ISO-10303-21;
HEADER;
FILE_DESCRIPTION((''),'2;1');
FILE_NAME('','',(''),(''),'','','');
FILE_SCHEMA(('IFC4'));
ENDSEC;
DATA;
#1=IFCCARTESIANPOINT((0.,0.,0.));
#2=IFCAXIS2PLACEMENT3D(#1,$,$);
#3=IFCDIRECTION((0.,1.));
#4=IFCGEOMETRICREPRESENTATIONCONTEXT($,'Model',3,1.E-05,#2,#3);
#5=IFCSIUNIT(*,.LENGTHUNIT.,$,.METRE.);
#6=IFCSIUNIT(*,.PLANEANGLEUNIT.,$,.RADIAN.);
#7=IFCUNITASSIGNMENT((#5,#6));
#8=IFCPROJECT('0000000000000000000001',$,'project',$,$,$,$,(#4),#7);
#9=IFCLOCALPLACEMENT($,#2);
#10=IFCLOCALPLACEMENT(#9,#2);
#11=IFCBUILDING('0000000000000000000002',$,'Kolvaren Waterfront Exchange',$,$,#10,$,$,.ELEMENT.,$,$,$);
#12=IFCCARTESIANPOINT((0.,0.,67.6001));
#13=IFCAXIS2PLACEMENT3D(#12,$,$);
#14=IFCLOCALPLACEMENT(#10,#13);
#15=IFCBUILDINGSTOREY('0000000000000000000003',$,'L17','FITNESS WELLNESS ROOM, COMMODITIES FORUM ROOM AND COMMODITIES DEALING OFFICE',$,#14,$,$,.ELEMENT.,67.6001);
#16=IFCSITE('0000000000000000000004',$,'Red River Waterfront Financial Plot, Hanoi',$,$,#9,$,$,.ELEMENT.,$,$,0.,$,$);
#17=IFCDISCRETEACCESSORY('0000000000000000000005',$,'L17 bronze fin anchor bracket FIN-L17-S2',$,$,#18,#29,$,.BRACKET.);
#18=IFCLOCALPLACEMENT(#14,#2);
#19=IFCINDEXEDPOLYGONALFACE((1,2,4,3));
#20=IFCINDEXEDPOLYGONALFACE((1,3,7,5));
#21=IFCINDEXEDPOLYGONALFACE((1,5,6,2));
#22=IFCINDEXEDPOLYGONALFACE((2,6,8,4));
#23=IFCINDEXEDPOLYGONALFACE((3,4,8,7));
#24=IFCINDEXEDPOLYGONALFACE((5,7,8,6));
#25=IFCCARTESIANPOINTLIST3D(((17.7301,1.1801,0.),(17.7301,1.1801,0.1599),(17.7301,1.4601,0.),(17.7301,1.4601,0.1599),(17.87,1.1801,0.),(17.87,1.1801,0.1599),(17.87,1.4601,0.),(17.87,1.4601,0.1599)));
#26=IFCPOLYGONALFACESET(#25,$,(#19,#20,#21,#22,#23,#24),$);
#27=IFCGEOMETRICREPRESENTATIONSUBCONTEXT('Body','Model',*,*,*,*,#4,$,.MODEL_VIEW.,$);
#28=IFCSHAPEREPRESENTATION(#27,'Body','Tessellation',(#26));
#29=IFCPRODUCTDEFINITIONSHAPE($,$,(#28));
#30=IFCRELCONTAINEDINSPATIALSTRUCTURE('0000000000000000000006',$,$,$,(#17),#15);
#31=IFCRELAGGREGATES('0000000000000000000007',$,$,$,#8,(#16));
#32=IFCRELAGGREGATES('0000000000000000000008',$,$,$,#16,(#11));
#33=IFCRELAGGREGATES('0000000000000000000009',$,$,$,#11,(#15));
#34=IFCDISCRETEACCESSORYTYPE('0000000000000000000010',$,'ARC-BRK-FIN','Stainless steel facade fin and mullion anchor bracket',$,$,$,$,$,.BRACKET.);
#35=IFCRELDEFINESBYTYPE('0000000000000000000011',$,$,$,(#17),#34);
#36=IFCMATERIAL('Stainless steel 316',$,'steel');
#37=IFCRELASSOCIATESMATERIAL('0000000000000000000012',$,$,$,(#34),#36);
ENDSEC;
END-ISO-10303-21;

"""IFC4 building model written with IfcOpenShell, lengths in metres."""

from ifc_helpers import new_model, si_unit, direction, frame, origin, origin_with_axes, origin_2d, place, context, subcontext, project, spatial, rectangle, extrude, source, transform, mapped, material, type_object, element, save


model = new_model("IFC4")

# Units and contexts
model_context = context("Model", 3, precision=1e-05, world=origin(), true_north=direction((0.0, 1.0)))
body_context = subcontext(model_context, "Body", "Model", "MODEL_VIEW")
ifc_project = project(units=[si_unit("LENGTHUNIT", "METRE"), si_unit("PLANEANGLEUNIT", "RADIAN")], contexts=[model_context])

# Site, building, storey
site_placement = place(None, origin())
site = spatial("IfcSite", under=ifc_project, at=site_placement, Name="Red River Waterfront Financial Plot, Hanoi", CompositionType="ELEMENT", RefElevation=0.0)
building_placement = place(site_placement, origin())
building = spatial("IfcBuilding", under=site, at=building_placement, Name="Kolvaren Waterfront Exchange", CompositionType="ELEMENT")
storey_placement = place(building_placement, frame((0.0, 0.0, 67.6001)))
storey = spatial("IfcBuildingStorey", under=building, at=storey_placement, Name="L17", Description="FITNESS WELLNESS ROOM, COMMODITIES FORUM ROOM AND COMMODITIES DEALING OFFICE", CompositionType="ELEMENT", Elevation=67.6001)

# Shared definitions
ifc_material_1 = material(Name="Stainless steel 316", Category="steel")

# Discrete accessory
discrete_accessory_type = type_object("IfcDiscreteAccessoryType", Name="ARC-BRK-FIN", Description="Stainless steel facade fin and mullion anchor bracket", PredefinedType="BRACKET", material=ifc_material_1)
shared_shape_1 = source(origin_with_axes(), body_context, "Body", "SweptSolid", [
    extrude(rectangle(XDim=0.28, YDim=0.1399, at=origin_2d()), origin(), (0.0, 0.0, 1.0), 0.1599),
])
for number, where, z_axis, x_axis, name in (
    (1, (17.8, 1.3201, 0.0), (0.0, 0.0, 1.0), (0.0, -1.0, 0.0), "L17 bronze fin anchor bracket FIN-L17-S2"),
):
    element("IfcDiscreteAccessory", number, at=place(storey_placement, frame(where, z_axis=z_axis, x_axis=x_axis)), inside=storey, type_object=discrete_accessory_type, Name=name, PredefinedType="BRACKET", context=body_context, shape_type="MappedRepresentation", body=[
        mapped(shared_shape_1, transform((0.0, 0.0, 0.0), x_axis=(1.0, 0.0, 0.0), y_axis=(0.0, 1.0, 0.0), z_axis=(0.0, 0.0, 1.0), scale=1.0)),
    ])

save(model, "model.ifc")
